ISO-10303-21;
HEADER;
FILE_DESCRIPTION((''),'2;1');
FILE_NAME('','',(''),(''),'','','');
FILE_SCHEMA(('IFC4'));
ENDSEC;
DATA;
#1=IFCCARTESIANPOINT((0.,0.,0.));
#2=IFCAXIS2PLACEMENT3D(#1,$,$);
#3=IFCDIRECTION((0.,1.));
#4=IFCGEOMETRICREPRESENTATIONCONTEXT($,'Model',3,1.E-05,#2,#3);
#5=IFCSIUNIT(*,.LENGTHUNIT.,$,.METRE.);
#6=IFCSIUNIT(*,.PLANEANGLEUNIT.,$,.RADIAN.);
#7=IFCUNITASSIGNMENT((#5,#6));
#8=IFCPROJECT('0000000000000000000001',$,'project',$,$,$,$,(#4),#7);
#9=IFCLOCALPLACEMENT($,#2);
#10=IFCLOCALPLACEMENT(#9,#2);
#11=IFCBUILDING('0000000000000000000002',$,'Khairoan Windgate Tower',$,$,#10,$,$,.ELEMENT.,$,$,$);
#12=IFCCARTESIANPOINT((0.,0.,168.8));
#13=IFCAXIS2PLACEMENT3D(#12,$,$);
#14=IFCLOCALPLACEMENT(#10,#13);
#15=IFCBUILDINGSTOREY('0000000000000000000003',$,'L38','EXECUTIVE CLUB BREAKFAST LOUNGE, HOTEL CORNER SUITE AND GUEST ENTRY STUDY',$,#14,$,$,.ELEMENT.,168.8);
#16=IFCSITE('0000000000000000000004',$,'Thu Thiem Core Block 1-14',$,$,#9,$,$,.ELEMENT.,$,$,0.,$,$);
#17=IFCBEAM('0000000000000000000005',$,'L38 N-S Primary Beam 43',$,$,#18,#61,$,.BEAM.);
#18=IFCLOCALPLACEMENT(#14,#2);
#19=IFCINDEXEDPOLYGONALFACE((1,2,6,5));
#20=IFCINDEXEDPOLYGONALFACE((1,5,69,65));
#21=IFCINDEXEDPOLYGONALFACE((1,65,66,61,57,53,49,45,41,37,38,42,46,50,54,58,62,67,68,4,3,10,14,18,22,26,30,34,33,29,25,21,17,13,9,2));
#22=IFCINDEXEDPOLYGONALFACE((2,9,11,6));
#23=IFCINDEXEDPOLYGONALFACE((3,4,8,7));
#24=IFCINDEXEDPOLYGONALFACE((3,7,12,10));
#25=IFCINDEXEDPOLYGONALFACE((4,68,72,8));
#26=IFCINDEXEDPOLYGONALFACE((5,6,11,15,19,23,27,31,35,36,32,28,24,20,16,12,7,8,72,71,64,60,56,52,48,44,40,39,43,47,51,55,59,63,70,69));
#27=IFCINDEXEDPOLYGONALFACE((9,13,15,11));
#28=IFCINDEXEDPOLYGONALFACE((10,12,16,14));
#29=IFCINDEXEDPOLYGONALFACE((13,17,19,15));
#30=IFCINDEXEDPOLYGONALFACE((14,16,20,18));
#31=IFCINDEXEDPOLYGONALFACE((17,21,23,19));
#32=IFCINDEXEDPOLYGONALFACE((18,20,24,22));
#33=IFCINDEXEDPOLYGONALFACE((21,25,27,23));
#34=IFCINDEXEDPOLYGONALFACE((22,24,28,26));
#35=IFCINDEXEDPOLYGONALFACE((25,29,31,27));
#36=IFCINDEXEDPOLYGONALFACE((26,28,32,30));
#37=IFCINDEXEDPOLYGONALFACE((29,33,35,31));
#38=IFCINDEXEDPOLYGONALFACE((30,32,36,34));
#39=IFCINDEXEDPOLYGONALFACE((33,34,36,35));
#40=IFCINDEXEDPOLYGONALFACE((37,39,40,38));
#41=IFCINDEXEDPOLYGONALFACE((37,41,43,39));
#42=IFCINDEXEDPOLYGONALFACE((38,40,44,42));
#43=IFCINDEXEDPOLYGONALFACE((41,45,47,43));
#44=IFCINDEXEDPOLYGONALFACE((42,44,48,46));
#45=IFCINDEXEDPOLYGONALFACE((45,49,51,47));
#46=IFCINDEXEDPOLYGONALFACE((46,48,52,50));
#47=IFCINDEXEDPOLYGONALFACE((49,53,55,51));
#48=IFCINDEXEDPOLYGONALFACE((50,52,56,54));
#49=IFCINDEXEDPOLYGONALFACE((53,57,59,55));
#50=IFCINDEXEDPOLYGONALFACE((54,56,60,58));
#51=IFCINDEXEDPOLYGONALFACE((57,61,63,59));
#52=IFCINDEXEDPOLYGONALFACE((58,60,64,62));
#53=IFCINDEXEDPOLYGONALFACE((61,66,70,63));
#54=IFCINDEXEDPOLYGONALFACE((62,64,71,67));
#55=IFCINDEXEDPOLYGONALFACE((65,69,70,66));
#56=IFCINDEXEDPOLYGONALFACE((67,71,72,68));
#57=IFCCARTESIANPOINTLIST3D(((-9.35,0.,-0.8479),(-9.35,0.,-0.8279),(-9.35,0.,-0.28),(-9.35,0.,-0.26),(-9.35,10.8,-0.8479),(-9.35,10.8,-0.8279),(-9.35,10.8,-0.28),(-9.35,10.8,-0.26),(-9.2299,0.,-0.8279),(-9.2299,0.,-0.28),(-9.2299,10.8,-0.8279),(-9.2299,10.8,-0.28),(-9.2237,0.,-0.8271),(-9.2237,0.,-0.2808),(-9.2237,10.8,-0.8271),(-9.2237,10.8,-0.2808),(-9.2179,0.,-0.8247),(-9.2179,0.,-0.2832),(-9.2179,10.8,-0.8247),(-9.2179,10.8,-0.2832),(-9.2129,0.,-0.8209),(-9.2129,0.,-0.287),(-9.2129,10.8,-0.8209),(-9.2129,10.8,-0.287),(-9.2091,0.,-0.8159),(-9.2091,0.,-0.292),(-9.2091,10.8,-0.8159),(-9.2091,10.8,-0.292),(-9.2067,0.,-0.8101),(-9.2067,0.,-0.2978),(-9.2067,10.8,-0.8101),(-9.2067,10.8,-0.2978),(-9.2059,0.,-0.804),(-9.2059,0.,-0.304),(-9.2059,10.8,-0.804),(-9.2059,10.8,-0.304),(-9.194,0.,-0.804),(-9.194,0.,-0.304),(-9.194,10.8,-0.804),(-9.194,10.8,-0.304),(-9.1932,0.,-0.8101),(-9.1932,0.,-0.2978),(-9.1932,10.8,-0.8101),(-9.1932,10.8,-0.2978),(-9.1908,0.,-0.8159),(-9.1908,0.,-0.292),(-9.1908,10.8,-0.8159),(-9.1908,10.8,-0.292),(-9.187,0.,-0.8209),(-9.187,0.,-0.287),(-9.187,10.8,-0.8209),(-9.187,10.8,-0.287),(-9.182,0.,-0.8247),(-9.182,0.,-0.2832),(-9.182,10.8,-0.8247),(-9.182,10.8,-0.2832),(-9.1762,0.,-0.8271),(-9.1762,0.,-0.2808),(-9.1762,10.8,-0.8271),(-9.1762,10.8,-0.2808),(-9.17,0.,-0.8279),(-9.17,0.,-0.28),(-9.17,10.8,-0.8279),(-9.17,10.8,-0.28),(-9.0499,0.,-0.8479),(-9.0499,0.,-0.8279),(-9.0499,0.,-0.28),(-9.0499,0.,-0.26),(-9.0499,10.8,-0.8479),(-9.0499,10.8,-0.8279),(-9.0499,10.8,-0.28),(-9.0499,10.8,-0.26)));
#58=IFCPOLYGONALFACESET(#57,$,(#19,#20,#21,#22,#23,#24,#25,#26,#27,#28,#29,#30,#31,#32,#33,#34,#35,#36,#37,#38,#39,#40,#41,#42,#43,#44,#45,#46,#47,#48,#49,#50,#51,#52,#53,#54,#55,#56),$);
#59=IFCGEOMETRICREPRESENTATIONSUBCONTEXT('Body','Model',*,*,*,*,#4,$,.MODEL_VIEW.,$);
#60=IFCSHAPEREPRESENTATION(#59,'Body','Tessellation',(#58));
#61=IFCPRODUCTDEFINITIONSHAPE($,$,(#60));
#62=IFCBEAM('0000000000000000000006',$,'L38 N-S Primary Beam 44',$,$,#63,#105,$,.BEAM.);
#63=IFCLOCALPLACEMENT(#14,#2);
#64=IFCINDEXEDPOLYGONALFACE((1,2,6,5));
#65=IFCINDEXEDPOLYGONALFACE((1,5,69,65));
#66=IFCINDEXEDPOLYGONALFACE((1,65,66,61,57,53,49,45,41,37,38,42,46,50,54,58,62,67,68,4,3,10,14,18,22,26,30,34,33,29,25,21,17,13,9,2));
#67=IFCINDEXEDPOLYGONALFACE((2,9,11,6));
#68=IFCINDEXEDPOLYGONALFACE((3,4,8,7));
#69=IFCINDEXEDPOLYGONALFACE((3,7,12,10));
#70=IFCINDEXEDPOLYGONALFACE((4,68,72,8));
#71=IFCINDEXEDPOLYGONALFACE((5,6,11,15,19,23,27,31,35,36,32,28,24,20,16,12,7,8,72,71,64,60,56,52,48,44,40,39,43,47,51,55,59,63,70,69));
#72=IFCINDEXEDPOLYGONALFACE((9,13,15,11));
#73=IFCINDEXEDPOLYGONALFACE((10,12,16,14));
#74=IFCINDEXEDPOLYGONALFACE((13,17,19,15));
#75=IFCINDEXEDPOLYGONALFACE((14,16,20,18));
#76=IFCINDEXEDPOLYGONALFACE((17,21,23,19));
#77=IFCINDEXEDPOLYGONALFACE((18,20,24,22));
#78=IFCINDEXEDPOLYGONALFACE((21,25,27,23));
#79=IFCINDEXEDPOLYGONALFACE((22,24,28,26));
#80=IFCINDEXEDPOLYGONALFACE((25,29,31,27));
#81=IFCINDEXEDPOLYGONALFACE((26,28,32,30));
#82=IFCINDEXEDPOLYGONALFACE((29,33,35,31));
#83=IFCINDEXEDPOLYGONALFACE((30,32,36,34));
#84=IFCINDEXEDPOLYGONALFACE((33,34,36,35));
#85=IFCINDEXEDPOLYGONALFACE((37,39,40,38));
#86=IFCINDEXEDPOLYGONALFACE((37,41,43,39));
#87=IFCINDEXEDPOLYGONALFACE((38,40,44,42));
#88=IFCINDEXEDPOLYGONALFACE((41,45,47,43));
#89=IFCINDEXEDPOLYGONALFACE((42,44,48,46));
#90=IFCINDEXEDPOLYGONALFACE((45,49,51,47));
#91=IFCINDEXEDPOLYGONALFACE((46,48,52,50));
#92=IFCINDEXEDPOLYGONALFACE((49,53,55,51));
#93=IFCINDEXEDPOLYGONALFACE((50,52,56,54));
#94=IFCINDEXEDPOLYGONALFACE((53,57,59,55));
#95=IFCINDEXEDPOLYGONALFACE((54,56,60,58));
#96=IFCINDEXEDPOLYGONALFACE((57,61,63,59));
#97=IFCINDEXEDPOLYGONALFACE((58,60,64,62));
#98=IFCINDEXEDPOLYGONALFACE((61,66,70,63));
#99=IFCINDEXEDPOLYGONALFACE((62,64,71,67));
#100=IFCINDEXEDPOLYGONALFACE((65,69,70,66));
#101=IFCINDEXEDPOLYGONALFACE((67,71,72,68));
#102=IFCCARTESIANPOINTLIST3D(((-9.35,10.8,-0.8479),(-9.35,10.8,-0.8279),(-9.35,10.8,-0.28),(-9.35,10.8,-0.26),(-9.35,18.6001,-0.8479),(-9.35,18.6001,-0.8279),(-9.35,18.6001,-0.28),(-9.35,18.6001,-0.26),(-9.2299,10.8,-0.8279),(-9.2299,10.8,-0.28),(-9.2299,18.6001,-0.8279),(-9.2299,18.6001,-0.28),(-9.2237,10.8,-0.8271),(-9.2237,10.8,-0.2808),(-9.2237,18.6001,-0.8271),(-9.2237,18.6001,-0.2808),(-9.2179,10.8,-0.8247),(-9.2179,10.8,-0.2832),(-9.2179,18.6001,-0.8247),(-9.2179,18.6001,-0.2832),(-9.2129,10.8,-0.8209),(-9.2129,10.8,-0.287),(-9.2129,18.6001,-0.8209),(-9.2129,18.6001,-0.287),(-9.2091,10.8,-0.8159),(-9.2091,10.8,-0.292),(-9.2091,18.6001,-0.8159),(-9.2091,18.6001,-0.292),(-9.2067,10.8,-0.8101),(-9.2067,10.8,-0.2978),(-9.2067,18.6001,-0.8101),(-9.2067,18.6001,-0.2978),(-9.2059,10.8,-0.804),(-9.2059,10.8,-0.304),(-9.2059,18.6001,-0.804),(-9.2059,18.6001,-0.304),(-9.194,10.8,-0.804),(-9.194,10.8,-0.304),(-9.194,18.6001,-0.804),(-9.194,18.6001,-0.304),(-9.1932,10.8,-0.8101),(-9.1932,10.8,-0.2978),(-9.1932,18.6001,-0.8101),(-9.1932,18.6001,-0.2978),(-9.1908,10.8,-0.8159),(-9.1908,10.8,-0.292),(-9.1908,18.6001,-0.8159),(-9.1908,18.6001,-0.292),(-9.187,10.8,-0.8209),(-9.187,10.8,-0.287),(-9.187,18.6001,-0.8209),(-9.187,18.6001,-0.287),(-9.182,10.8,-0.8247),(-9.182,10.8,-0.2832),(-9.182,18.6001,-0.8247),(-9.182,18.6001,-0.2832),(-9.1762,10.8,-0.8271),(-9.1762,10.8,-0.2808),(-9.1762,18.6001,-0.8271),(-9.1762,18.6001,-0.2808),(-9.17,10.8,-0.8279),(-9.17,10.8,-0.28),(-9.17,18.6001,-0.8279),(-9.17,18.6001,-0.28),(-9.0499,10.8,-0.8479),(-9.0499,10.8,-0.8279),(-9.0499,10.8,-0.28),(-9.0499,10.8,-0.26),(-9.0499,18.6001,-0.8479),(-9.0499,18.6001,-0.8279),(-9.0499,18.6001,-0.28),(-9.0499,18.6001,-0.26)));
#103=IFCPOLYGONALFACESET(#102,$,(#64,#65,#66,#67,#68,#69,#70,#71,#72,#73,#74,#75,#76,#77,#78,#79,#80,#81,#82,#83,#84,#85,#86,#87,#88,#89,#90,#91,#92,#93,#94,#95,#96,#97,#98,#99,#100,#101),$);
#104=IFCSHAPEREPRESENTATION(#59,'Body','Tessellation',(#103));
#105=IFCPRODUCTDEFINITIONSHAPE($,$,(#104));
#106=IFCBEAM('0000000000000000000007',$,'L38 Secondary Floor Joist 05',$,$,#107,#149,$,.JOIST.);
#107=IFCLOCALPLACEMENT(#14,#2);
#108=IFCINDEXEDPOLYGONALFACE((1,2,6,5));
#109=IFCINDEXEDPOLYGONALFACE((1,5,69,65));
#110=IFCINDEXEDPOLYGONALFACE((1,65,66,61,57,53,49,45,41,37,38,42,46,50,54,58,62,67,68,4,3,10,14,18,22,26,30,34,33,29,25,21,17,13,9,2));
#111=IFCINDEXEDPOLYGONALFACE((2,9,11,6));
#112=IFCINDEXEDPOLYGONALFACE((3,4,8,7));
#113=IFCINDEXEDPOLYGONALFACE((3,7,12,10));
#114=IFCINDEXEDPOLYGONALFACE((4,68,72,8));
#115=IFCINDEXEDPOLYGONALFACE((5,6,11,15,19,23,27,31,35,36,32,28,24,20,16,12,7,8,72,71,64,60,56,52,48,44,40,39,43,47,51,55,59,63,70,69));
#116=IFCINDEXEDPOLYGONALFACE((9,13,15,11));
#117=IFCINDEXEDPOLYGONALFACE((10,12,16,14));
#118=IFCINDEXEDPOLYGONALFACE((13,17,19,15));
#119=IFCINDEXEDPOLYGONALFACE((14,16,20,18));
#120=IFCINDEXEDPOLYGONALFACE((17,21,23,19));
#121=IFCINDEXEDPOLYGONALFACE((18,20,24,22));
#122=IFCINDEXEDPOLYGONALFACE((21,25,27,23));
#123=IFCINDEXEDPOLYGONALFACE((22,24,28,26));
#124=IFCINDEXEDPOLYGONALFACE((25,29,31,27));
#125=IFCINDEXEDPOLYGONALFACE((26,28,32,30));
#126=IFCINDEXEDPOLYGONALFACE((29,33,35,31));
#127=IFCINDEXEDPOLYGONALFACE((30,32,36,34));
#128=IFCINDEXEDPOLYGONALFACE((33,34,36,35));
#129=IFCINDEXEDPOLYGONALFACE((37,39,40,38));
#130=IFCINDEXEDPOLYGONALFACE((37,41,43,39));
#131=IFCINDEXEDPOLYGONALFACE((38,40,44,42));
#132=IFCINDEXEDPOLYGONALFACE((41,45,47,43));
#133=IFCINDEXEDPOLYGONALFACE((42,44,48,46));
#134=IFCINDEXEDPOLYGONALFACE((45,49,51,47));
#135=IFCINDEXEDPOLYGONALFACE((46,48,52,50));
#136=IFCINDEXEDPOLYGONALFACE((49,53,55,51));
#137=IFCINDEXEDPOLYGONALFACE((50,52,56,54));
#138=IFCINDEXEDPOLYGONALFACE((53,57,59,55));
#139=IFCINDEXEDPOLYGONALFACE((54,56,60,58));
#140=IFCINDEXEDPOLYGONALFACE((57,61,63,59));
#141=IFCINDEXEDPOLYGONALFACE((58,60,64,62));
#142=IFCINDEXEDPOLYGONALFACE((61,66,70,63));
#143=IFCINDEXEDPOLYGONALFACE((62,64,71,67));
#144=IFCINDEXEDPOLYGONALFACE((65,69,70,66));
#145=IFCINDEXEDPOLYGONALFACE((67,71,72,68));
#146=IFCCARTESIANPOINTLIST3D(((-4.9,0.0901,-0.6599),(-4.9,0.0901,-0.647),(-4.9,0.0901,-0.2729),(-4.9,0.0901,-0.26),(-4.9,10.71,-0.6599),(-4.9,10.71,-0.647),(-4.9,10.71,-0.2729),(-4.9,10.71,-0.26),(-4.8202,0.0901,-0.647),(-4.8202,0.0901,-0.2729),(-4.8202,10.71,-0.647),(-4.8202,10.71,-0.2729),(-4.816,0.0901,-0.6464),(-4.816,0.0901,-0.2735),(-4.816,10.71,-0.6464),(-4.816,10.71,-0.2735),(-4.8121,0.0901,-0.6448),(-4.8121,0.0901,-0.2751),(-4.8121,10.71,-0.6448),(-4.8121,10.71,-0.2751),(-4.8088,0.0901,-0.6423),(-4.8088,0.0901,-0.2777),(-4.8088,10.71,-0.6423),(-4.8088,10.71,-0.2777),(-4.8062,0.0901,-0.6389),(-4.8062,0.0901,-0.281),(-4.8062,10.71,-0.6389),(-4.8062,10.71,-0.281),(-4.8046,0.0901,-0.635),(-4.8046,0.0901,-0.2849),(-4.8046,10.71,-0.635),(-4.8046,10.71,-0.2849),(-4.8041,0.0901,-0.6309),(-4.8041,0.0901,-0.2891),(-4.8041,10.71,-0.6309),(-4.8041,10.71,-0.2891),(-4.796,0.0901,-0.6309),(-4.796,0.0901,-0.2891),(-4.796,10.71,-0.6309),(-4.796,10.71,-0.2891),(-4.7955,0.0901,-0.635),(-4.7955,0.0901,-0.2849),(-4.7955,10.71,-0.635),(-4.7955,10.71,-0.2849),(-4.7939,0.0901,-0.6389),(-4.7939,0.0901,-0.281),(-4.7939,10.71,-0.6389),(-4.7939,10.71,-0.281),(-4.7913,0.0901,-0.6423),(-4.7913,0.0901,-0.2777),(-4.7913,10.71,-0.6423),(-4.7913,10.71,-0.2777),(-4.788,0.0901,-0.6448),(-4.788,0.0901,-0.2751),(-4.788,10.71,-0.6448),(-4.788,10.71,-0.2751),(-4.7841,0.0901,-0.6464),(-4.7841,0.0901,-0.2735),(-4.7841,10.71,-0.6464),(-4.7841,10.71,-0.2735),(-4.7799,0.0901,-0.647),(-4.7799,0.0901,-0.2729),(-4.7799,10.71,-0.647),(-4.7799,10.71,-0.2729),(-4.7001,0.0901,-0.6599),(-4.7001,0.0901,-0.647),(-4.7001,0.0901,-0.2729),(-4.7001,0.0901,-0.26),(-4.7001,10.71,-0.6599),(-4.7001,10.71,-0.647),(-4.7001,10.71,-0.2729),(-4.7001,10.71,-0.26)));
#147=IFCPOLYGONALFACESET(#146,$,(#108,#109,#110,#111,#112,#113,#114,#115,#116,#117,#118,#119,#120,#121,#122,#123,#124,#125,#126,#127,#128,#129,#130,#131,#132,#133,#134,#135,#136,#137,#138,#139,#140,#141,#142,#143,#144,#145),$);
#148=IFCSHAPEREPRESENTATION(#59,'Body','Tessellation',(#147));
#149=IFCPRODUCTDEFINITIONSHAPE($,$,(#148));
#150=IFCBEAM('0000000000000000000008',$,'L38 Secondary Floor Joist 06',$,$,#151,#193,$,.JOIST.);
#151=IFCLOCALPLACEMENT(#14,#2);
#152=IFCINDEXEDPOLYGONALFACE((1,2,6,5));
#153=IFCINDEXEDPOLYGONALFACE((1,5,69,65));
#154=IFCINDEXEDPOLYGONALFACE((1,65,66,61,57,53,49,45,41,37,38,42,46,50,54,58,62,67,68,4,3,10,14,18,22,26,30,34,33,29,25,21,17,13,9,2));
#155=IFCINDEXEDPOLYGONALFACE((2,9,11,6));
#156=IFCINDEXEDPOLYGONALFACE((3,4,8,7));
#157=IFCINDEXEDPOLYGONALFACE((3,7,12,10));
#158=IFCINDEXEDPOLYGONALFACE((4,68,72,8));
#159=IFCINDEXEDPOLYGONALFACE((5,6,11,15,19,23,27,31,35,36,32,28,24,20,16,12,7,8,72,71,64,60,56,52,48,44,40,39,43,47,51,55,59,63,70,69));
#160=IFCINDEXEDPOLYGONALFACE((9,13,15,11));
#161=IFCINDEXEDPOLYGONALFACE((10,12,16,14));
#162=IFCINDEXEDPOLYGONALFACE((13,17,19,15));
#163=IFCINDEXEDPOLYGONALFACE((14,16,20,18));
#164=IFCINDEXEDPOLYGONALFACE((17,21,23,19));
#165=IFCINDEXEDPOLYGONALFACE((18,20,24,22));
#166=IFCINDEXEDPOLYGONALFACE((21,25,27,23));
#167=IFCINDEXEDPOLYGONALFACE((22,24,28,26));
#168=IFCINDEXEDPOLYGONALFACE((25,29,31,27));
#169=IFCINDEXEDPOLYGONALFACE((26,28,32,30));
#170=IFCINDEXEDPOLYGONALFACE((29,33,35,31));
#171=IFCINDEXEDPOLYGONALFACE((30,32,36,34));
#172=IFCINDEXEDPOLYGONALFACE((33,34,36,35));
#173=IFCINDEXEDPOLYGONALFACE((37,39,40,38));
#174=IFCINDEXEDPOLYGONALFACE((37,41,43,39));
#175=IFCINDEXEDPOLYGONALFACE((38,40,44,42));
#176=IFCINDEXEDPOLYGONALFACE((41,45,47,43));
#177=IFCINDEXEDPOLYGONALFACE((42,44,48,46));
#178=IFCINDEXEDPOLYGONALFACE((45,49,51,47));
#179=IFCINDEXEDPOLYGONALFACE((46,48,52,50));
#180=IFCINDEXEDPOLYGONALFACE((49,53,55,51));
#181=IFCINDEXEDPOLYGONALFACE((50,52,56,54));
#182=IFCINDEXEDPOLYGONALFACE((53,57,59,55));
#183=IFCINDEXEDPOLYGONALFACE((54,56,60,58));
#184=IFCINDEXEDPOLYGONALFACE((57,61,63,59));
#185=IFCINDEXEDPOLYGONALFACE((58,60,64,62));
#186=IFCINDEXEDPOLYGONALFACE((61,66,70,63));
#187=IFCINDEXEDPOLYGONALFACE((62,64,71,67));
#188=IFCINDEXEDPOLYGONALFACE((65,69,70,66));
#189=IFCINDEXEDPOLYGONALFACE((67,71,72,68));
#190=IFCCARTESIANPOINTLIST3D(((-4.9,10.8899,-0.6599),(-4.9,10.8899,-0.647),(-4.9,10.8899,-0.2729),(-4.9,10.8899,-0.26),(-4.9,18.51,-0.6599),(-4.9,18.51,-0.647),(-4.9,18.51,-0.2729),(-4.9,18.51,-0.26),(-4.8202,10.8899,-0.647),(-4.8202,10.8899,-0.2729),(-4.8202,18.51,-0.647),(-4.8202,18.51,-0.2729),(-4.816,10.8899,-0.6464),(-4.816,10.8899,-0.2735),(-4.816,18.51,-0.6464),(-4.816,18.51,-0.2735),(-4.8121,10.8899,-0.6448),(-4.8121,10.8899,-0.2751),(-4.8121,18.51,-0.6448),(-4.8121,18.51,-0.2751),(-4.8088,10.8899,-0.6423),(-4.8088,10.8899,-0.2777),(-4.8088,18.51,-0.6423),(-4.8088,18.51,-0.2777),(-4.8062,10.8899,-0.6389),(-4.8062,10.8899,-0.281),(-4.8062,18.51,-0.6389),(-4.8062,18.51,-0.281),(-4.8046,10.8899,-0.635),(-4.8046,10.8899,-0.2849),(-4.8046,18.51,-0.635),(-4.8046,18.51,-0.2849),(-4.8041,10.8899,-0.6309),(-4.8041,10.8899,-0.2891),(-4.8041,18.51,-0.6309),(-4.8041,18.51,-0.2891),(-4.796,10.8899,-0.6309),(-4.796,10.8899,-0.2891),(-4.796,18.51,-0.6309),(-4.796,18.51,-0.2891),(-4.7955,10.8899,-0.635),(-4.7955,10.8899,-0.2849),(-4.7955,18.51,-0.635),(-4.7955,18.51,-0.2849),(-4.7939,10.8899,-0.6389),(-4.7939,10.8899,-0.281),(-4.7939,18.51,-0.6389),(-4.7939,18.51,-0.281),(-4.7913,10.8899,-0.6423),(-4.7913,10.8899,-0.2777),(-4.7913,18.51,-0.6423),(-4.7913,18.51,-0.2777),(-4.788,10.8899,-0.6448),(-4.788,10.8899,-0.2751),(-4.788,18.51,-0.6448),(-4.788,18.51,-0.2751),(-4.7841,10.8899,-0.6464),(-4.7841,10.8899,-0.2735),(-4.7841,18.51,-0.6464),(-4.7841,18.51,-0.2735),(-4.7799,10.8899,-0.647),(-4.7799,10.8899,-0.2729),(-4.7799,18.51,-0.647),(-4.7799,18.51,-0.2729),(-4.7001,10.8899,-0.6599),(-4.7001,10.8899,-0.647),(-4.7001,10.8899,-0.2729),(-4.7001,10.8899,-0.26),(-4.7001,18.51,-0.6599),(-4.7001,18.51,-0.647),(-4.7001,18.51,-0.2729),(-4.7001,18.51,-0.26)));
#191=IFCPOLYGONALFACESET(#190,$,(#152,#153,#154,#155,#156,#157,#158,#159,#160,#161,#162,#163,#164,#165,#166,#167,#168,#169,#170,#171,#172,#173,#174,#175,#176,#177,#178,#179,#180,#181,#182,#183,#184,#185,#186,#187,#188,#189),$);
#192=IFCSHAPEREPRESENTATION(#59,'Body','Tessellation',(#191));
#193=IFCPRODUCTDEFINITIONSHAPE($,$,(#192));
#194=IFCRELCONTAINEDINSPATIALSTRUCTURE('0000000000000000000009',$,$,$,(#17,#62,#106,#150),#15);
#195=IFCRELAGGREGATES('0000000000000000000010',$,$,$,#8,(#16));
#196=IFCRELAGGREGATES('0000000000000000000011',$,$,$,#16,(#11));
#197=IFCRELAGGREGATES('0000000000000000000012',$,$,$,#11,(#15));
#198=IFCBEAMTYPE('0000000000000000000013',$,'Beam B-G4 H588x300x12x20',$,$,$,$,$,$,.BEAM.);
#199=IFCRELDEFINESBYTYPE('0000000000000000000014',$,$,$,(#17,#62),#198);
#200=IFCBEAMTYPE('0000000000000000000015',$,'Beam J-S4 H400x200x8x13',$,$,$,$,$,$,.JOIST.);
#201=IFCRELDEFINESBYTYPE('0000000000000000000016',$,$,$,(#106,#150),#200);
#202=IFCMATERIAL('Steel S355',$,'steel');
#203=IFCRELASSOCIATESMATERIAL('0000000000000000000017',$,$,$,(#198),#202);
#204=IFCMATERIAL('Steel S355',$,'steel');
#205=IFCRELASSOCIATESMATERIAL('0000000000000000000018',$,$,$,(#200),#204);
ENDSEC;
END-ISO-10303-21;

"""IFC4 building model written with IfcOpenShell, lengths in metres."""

from ifc_helpers import new_model, si_unit, direction, frame, origin, origin_2d, place, context, subcontext, project, spatial, i_section, extrude, material, material_profile, profile_set, type_object, element, save


model = new_model("IFC4")

# Units and contexts
model_context = context("Model", 3, precision=1e-05, world=origin(), true_north=direction((0.0, 1.0)))
body_context = subcontext(model_context, "Body", "Model", "MODEL_VIEW")
ifc_project = project(units=[si_unit("LENGTHUNIT", "METRE"), si_unit("PLANEANGLEUNIT", "RADIAN")], contexts=[model_context])

# Site, building, storey
site_placement = place(None, origin())
site = spatial("IfcSite", under=ifc_project, at=site_placement, Name="Thu Thiem Core Block 1-14", CompositionType="ELEMENT", RefElevation=0.0)
building_placement = place(site_placement, origin())
building = spatial("IfcBuilding", under=site, at=building_placement, Name="Khairoan Windgate Tower", CompositionType="ELEMENT")
storey_placement = place(building_placement, frame((0.0, 0.0, 168.8)))
storey = spatial("IfcBuildingStorey", under=building, at=storey_placement, Name="L38", Description="EXECUTIVE CLUB BREAKFAST LOUNGE, HOTEL CORNER SUITE AND GUEST ENTRY STUDY", CompositionType="ELEMENT", Elevation=168.8)

# Beams
ifc_material_1 = material(Name="Steel S355", Category="steel")
ifc_material_profile_1 = material_profile(ifc_material_1, i_section(OverallWidth=0.3, OverallDepth=0.5879, WebThickness=0.012, FlangeThickness=0.02, FilletRadius=0.0239, at=origin_2d()))
ifc_profile_set_1 = profile_set([ifc_material_profile_1], Name="Steel S355")
beam_type_1 = type_object("IfcBeamType", Name="Beam B-G4 H588x300x12x20", PredefinedType="BEAM", material=ifc_profile_set_1)
beam_1_placement = place(storey_placement, frame((-9.2, 0.0, -0.554), z_axis=(0.0, 1.0, 0.0), x_axis=(-1.0, 0.0, 0.0)))
element("IfcBeam", 1, at=beam_1_placement, inside=storey, type_object=beam_type_1, Name="L38 N-S Primary Beam 43", PredefinedType="BEAM", context=body_context, shape_type="SweptSolid", body=[
    extrude(i_section(OverallWidth=0.3, OverallDepth=0.5879, WebThickness=0.012, FlangeThickness=0.02, FilletRadius=0.0239, at=origin_2d()), origin(), (0.0, 0.0, 1.0), 10.8),
])
beam_2_placement = place(storey_placement, frame((-9.2, 10.8, -0.554), z_axis=(0.0, 1.0, 0.0), x_axis=(-1.0, 0.0, 0.0)))
element("IfcBeam", 2, at=beam_2_placement, inside=storey, type_object=beam_type_1, Name="L38 N-S Primary Beam 44", PredefinedType="BEAM", context=body_context, shape_type="SweptSolid", body=[
    extrude(i_section(OverallWidth=0.3, OverallDepth=0.5879, WebThickness=0.012, FlangeThickness=0.02, FilletRadius=0.0239, at=origin_2d()), origin(), (0.0, 0.0, 1.0), 7.8),
])
ifc_material_2 = material(Name="Steel S355", Category="steel")
ifc_material_profile_2 = material_profile(ifc_material_2, i_section(OverallWidth=0.2, OverallDepth=0.3999, WebThickness=0.0081, FlangeThickness=0.0129, FilletRadius=0.0161, at=origin_2d()))
ifc_profile_set_2 = profile_set([ifc_material_profile_2], Name="Steel S355")
beam_type_2 = type_object("IfcBeamType", Name="Beam J-S4 H400x200x8x13", PredefinedType="JOIST", material=ifc_profile_set_2)
beam_3_placement = place(storey_placement, frame((-4.8, 0.0901, -0.46), z_axis=(0.0, 1.0, 0.0), x_axis=(-1.0, 0.0, 0.0)))
element("IfcBeam", 3, at=beam_3_placement, inside=storey, type_object=beam_type_2, Name="L38 Secondary Floor Joist 05", PredefinedType="JOIST", context=body_context, shape_type="SweptSolid", body=[
    extrude(i_section(OverallWidth=0.2, OverallDepth=0.3999, WebThickness=0.0081, FlangeThickness=0.0129, FilletRadius=0.0161, at=origin_2d()), origin(), (0.0, 0.0, 1.0), 10.6199),
])
beam_4_placement = place(storey_placement, frame((-4.8, 10.8899, -0.46), z_axis=(0.0, 1.0, 0.0), x_axis=(-1.0, 0.0, 0.0)))
element("IfcBeam", 4, at=beam_4_placement, inside=storey, type_object=beam_type_2, Name="L38 Secondary Floor Joist 06", PredefinedType="JOIST", context=body_context, shape_type="SweptSolid", body=[
    extrude(i_section(OverallWidth=0.2, OverallDepth=0.3999, WebThickness=0.0081, FlangeThickness=0.0129, FilletRadius=0.0161, at=origin_2d()), origin(), (0.0, 0.0, 1.0), 7.6201),
])

save(model, "model.ifc")
